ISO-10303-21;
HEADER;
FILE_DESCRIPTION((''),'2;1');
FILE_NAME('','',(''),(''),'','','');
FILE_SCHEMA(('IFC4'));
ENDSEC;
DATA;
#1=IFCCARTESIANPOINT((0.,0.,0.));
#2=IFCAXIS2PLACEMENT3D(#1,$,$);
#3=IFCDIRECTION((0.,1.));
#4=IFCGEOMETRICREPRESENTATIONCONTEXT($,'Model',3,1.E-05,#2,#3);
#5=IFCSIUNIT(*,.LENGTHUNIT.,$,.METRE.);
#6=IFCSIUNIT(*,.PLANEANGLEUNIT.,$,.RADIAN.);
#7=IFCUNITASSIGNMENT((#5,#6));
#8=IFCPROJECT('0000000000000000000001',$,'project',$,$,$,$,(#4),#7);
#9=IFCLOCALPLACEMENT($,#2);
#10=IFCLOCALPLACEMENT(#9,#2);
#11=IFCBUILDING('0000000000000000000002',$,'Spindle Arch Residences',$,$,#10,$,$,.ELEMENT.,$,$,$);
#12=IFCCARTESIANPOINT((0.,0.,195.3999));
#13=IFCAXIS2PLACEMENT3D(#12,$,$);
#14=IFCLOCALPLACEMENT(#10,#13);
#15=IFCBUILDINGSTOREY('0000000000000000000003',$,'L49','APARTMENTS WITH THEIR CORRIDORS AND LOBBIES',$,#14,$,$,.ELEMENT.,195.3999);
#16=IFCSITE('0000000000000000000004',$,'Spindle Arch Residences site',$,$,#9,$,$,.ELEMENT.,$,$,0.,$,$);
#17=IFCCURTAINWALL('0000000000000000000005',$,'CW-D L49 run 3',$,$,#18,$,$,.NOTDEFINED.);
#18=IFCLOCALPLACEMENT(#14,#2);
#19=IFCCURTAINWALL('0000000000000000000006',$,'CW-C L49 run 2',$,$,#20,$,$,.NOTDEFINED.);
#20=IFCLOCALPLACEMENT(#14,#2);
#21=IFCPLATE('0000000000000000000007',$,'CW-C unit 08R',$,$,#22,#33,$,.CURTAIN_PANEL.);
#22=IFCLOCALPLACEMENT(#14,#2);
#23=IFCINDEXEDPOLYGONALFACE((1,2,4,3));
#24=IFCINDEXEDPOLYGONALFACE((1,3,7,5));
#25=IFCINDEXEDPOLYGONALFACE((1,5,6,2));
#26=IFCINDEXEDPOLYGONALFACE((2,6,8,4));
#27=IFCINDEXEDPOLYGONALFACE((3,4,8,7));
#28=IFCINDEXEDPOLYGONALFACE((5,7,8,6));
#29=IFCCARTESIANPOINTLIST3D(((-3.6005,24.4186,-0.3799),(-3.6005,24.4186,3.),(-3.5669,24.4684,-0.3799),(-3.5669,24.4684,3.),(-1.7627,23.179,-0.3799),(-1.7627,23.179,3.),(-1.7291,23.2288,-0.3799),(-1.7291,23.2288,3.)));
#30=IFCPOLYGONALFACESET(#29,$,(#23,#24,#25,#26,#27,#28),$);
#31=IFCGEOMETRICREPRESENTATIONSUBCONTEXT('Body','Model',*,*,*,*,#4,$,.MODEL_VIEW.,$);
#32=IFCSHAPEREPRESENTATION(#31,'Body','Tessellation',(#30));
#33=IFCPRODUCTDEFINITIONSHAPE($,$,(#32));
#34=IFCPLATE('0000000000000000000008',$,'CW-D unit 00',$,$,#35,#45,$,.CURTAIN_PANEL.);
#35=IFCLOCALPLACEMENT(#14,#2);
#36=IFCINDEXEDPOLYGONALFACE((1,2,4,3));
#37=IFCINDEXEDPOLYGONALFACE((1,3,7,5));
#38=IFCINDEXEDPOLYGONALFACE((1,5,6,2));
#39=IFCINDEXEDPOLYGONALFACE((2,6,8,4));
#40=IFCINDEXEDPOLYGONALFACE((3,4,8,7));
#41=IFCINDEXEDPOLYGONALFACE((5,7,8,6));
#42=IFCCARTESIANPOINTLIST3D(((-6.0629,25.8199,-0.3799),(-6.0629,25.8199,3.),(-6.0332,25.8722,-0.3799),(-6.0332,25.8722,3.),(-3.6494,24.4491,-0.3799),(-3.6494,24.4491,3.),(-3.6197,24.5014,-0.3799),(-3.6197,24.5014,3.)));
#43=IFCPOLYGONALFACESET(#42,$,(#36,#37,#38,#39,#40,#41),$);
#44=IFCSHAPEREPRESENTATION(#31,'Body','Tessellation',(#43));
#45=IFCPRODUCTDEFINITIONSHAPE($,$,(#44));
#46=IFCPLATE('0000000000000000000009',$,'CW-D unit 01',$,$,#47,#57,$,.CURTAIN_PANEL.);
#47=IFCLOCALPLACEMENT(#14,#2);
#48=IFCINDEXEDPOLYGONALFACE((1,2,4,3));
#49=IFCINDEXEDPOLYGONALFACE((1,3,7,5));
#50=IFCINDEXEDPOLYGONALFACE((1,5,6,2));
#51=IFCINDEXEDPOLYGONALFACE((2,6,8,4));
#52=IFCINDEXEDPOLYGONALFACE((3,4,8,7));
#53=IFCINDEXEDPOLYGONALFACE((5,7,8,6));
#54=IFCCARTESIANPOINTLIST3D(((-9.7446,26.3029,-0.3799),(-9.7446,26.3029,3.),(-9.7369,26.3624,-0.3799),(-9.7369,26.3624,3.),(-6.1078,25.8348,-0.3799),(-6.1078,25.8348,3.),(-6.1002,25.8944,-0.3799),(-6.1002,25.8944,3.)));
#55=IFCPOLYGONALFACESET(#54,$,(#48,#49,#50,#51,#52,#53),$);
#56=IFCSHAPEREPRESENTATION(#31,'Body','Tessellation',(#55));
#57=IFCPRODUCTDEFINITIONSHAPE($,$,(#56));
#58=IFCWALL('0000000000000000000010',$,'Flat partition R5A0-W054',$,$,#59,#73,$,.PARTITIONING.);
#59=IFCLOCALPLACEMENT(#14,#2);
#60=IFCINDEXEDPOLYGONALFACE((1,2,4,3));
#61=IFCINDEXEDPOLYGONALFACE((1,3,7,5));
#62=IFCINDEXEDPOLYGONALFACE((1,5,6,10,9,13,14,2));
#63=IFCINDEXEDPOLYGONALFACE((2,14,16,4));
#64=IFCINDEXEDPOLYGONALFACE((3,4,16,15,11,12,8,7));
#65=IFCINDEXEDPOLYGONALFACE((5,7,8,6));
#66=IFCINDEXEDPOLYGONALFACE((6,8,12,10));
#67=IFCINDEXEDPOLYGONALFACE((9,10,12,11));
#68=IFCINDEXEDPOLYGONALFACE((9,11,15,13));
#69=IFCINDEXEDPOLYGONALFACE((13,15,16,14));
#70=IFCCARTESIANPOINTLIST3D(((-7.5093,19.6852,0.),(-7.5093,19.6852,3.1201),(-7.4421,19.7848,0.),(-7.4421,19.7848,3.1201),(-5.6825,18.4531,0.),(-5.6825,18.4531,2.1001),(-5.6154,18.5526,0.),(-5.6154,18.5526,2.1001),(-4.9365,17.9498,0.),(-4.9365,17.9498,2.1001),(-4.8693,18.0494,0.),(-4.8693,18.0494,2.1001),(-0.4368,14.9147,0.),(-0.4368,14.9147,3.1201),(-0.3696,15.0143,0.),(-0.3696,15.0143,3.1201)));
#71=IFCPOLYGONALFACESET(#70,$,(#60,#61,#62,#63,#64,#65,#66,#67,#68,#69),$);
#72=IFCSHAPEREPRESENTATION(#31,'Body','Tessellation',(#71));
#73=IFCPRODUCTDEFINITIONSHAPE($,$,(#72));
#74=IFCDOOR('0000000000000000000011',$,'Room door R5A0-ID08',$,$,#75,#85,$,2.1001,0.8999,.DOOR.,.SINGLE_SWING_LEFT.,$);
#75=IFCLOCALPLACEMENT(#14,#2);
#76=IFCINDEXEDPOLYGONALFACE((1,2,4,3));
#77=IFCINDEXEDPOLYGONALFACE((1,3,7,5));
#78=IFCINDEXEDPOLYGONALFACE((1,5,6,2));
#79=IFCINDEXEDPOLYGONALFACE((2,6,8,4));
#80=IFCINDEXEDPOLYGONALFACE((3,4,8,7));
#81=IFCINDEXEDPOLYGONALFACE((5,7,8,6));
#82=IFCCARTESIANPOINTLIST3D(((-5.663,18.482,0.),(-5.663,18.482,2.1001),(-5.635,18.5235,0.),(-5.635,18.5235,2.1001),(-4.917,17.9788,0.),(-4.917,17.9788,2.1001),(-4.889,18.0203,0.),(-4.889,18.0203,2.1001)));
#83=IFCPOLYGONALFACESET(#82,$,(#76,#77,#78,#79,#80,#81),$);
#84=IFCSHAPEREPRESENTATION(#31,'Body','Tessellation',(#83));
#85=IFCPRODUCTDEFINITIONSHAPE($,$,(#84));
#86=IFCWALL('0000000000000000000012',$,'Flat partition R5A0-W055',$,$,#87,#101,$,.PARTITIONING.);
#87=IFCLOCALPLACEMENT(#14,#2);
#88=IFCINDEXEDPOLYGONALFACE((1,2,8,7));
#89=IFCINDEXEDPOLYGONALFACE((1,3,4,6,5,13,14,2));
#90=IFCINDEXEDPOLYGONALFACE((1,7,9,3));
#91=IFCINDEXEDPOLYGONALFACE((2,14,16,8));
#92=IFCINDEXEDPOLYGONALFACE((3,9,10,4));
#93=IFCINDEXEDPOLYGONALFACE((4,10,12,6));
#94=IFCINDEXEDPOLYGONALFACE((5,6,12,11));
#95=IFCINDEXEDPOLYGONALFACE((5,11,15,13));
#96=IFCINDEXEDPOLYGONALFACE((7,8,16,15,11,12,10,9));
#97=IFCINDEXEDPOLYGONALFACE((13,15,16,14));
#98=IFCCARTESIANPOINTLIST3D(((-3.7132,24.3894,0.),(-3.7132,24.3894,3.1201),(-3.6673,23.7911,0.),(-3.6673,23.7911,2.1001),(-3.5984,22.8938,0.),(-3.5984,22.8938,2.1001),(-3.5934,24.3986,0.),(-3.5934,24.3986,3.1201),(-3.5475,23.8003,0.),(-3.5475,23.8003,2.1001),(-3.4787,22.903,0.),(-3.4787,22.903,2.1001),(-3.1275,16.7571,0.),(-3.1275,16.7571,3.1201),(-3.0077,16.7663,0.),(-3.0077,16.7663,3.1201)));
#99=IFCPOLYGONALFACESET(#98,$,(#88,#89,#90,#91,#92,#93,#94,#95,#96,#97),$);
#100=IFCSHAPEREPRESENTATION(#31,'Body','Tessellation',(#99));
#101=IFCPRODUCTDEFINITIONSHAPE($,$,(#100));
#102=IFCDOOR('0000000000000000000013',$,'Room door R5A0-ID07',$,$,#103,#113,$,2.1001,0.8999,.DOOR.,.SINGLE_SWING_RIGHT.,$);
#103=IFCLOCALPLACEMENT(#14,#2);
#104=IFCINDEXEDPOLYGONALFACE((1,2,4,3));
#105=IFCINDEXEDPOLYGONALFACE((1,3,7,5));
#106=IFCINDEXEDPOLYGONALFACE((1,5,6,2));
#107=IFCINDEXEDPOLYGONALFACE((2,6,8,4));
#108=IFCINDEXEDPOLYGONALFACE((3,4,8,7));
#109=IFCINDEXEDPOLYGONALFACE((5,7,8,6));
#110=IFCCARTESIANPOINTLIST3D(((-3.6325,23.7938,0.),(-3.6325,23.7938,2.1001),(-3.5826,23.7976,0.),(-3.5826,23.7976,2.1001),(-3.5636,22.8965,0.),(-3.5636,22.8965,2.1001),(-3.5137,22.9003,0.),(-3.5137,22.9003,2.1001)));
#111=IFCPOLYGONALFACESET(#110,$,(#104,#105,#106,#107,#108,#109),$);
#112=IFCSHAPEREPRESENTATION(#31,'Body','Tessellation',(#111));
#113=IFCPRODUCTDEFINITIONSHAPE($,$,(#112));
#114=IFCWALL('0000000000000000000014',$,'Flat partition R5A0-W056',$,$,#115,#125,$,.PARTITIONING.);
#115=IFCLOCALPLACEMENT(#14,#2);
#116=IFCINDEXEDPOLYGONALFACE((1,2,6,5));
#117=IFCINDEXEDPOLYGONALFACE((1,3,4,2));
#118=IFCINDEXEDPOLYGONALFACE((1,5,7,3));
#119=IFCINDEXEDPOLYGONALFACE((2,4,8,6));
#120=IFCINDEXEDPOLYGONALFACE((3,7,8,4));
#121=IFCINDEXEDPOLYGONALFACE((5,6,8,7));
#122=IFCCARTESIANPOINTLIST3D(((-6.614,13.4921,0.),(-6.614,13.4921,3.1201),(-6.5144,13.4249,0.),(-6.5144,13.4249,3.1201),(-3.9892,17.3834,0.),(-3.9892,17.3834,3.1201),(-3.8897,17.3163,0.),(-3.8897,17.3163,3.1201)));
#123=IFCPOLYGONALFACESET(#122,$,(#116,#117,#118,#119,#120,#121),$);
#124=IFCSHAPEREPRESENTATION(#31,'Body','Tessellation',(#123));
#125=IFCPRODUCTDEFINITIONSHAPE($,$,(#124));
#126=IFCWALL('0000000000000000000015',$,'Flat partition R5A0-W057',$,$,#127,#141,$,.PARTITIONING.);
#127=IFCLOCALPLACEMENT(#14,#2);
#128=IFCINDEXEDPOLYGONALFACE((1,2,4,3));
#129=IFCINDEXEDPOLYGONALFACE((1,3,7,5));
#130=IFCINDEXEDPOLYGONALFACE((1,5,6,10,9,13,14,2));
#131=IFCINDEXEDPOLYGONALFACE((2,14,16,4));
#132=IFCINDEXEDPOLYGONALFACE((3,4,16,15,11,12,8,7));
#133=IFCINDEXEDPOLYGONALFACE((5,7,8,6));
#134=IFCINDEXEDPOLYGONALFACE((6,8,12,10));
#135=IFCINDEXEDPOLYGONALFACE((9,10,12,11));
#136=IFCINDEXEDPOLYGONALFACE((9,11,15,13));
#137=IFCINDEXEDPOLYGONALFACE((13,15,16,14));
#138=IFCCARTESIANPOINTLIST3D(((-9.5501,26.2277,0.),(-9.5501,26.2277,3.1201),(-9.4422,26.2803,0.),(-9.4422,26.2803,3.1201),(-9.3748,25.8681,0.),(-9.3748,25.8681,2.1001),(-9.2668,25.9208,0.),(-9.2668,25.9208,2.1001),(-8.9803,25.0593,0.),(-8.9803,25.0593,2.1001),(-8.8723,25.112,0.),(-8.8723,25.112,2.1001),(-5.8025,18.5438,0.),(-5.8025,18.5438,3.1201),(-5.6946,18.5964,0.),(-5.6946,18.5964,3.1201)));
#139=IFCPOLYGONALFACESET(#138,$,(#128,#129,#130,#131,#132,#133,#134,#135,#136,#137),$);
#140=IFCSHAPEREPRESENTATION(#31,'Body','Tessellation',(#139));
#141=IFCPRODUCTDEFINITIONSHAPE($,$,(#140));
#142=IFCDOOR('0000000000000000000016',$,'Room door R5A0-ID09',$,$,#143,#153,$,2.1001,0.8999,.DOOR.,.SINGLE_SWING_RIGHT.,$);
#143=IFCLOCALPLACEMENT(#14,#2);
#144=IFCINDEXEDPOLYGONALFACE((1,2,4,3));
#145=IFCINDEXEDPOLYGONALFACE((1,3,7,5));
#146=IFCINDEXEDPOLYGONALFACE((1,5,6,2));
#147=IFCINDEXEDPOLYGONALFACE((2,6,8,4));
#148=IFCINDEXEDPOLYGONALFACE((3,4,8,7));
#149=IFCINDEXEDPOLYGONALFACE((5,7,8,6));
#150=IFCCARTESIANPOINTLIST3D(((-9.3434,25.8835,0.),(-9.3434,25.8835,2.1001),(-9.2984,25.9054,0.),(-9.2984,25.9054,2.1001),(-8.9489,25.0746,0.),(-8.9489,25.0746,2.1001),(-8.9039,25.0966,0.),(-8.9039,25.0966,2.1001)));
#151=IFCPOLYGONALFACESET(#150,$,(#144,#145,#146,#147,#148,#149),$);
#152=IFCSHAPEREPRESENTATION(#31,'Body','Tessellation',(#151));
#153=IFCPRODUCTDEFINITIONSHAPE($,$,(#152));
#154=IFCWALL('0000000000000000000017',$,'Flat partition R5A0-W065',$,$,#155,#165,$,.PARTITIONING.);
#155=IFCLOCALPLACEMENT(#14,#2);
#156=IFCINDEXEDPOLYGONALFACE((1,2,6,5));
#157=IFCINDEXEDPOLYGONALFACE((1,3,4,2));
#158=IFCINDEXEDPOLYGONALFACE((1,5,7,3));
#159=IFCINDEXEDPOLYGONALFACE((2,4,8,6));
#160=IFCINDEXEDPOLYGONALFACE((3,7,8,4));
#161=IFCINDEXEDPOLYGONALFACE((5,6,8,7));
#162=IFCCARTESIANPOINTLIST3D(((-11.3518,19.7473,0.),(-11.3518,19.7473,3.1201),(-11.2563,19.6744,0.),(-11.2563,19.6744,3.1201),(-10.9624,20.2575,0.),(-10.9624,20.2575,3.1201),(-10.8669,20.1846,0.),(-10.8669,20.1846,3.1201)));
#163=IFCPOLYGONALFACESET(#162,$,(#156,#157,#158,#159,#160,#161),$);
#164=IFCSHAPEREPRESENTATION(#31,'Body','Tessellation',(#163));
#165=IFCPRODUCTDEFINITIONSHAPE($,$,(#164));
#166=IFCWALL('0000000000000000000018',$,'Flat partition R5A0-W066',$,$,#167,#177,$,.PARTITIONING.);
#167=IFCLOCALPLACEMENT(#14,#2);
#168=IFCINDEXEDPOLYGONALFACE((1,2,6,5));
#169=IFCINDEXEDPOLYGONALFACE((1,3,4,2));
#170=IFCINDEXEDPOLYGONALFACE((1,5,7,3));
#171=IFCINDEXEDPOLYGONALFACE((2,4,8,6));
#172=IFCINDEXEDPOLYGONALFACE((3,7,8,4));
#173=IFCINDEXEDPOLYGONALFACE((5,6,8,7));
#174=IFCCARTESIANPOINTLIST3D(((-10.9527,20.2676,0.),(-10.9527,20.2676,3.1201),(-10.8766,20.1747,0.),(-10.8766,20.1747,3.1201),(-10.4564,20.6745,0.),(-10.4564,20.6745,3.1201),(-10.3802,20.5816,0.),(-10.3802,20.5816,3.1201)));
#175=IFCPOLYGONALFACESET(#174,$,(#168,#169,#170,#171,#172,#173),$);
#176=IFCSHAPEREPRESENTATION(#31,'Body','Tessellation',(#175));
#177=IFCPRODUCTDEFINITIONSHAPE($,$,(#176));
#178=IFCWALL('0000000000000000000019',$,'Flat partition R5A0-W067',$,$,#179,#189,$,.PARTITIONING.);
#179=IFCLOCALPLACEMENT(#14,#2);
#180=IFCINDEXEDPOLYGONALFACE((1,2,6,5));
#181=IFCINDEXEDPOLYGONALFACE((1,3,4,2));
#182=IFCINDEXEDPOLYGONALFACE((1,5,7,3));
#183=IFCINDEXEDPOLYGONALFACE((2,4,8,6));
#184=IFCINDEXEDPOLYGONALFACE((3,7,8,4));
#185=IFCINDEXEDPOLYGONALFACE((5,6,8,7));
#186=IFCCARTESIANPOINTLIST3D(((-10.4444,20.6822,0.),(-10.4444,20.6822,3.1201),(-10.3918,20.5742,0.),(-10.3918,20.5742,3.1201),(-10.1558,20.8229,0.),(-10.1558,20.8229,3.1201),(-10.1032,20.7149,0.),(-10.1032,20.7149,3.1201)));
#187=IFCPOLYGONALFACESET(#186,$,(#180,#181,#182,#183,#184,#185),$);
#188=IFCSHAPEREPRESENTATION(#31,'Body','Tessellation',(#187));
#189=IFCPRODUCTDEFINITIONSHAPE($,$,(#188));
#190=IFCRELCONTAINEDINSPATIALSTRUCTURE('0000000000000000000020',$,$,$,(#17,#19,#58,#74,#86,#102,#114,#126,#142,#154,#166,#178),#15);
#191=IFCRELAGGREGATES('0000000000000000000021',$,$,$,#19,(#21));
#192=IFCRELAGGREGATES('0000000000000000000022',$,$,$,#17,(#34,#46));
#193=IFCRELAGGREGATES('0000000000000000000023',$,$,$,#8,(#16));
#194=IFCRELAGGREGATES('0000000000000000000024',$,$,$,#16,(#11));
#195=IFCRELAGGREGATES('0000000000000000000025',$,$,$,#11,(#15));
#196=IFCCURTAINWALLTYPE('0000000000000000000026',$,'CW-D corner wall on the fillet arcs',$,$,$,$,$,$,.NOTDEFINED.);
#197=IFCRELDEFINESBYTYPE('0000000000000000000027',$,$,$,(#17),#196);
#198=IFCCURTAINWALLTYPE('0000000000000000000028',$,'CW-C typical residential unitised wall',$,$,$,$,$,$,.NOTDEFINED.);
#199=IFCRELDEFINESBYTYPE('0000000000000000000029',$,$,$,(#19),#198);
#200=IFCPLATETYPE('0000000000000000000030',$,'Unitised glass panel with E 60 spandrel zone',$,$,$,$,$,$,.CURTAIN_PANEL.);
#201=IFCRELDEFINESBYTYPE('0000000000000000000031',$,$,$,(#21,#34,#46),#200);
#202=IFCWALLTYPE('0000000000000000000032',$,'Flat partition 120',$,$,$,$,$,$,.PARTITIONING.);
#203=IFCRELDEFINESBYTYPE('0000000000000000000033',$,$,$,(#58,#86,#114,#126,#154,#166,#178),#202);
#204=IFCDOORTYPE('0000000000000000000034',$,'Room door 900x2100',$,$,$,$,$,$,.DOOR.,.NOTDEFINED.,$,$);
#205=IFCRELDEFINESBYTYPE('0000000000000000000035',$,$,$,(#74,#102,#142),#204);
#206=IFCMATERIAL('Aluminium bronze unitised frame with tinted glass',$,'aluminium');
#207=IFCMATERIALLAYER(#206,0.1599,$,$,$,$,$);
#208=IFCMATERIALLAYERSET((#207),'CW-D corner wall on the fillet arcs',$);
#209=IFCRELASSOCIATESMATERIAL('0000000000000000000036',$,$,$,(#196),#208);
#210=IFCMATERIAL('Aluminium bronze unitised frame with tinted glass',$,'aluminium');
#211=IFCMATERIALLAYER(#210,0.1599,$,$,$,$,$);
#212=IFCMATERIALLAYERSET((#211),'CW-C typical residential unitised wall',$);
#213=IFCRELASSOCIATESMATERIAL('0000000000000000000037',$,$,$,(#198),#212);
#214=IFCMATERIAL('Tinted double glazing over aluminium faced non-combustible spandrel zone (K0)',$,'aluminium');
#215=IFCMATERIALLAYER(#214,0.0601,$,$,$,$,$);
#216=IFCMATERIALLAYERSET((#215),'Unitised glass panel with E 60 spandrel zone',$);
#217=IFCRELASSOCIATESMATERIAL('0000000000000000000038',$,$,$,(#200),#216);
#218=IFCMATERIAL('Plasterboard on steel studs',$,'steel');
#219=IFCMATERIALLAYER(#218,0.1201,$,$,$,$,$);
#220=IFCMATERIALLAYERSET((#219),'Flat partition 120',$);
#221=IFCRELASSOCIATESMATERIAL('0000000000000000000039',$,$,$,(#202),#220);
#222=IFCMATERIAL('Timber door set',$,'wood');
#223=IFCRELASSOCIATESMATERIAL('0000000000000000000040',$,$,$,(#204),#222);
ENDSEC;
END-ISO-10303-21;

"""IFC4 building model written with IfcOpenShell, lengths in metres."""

from ifc_helpers import new_model, si_unit, direction, frame, frame_2d, origin, origin_2d, place, context, subcontext, project, spatial, rectangle, extrude, material, layer, layer_set, type_object, element, fill, aggregate, save


model = new_model("IFC4")

# Units and contexts
model_context = context("Model", 3, precision=1e-05, world=origin(), true_north=direction((0.0, 1.0)))
body_context = subcontext(model_context, "Body", "Model", "MODEL_VIEW")
ifc_project = project(units=[si_unit("LENGTHUNIT", "METRE"), si_unit("PLANEANGLEUNIT", "RADIAN")], contexts=[model_context])

# Site, building, storey
site_placement = place(None, origin())
site = spatial("IfcSite", under=ifc_project, at=site_placement, Name="Spindle Arch Residences site", CompositionType="ELEMENT", RefElevation=0.0)
building_placement = place(site_placement, origin())
building = spatial("IfcBuilding", under=site, at=building_placement, Name="Spindle Arch Residences", CompositionType="ELEMENT")
storey_placement = place(building_placement, frame((0.0, 0.0, 195.3999)))
storey = spatial("IfcBuildingStorey", under=building, at=storey_placement, Name="L49", Description="APARTMENTS WITH THEIR CORRIDORS AND LOBBIES", CompositionType="ELEMENT", Elevation=195.3999)

# Curtain wall
ifc_material_1 = material(Name="Aluminium bronze unitised frame with tinted glass", Category="aluminium")
ifc_layer_1 = layer(ifc_material_1, 0.1599)
ifc_layer_set_1 = layer_set([ifc_layer_1], Name="CW-D corner wall on the fillet arcs")
curtain_wall_type_1 = type_object("IfcCurtainWallType", Name="CW-D corner wall on the fillet arcs", PredefinedType="NOTDEFINED", material=ifc_layer_set_1)
curtain_wall_1_placement = place(storey_placement, origin())
curtain_wall_1 = element("IfcCurtainWall", 1, at=curtain_wall_1_placement, inside=storey, type_object=curtain_wall_type_1, Name="CW-D L49 run 3", PredefinedType="NOTDEFINED")

# Curtain wall, plate
ifc_material_2 = material(Name="Aluminium bronze unitised frame with tinted glass", Category="aluminium")
ifc_layer_2 = layer(ifc_material_2, 0.1599)
ifc_layer_set_2 = layer_set([ifc_layer_2], Name="CW-C typical residential unitised wall")
curtain_wall_type_2 = type_object("IfcCurtainWallType", Name="CW-C typical residential unitised wall", PredefinedType="NOTDEFINED", material=ifc_layer_set_2)
curtain_wall_2_placement = place(storey_placement, origin())
curtain_wall_2 = element("IfcCurtainWall", 2, at=curtain_wall_2_placement, inside=storey, type_object=curtain_wall_type_2, Name="CW-C L49 run 2", PredefinedType="NOTDEFINED")
ifc_material_3 = material(Name="Tinted double glazing over aluminium faced non-combustible spandrel zone (K0)", Category="aluminium")
ifc_layer_3 = layer(ifc_material_3, 0.0601)
ifc_layer_set_3 = layer_set([ifc_layer_3], Name="Unitised glass panel with E 60 spandrel zone")
plate_type = type_object("IfcPlateType", Name="Unitised glass panel with E 60 spandrel zone", PredefinedType="CURTAIN_PANEL", material=ifc_layer_set_3)
plate_1_placement = place(storey_placement, frame((-2.6648, 23.8237, -0.3799), z_axis=(0.0, 0.0, 1.0), x_axis=(-0.829038, 0.559193, 0.0)))
plate_1 = element("IfcPlate", 3, at=plate_1_placement, type_object=plate_type, Name="CW-C unit 08R", PredefinedType="CURTAIN_PANEL", context=body_context, shape_type="SweptSolid", body=[
    extrude(rectangle(XDim=2.2168, YDim=0.0601, at=origin_2d()), origin(), (0.0, 0.0, 1.0), 3.3799),
])
aggregate(curtain_wall_2, [plate_1])

# Plates
plate_2_placement = place(storey_placement, frame((-4.8413, 25.1606, -0.3799), z_axis=(0.0, 0.0, 1.0), x_axis=(-0.869539, 0.493865, 0.0)))
plate_2 = element("IfcPlate", 4, at=plate_2_placement, type_object=plate_type, Name="CW-D unit 00", PredefinedType="CURTAIN_PANEL", context=body_context, shape_type="SweptSolid", body=[
    extrude(rectangle(XDim=2.7756, YDim=0.0601, at=origin_2d()), origin(), (0.0, 0.0, 1.0), 3.3799),
])
plate_3_placement = place(storey_placement, frame((-7.9224, 26.0986, -0.3799), z_axis=(0.0, 0.0, 1.0), x_axis=(-0.99182, 0.127642, 0.0)))
plate_3 = element("IfcPlate", 5, at=plate_3_placement, type_object=plate_type, Name="CW-D unit 01", PredefinedType="CURTAIN_PANEL", context=body_context, shape_type="SweptSolid", body=[
    extrude(rectangle(XDim=3.6667, YDim=0.0601, at=origin_2d()), origin(), (0.0, 0.0, 1.0), 3.3799),
])
aggregate(curtain_wall_1, [plate_2, plate_3])

# Walls, openings, doors
ifc_material_4 = material(Name="Plasterboard on steel studs", Category="steel")
ifc_layer_4 = layer(ifc_material_4, 0.1201)
ifc_layer_set_4 = layer_set([ifc_layer_4], Name="Flat partition 120")
wall_type = type_object("IfcWallType", Name="Flat partition 120", PredefinedType="PARTITIONING", material=ifc_layer_set_4)
wall_1_placement = place(storey_placement, frame((-7.4758, 19.7351, 0.0), z_axis=(0.0, 0.0, 1.0), x_axis=(0.829035, -0.559196, 0.0)))
wall_1 = element("IfcWall", 6, at=wall_1_placement, inside=storey, type_object=wall_type, Name="Flat partition R5A0-W054", PredefinedType="PARTITIONING", context=body_context, shape_type="SweptSolid", body=[
    extrude(rectangle(XDim=8.531, YDim=0.1201, at=frame_2d((4.2656, 0.0))), origin(), (0.0, 0.0, 1.0), 3.1201),
])
opening_1_placement = place(wall_1_placement, frame((2.2036, 0.0, 0.0)))
opening_1 = element("IfcOpeningElement", 7, at=opening_1_placement, cuts=wall_1, PredefinedType="OPENING", context=body_context, shape_type="SweptSolid", body=[
    extrude(rectangle(XDim=0.8999, YDim=2.1001, at=frame_2d((0.45, 1.05))), frame((0.0, 0.0701, 0.0), z_axis=(0.0, -1.0, 0.0), x_axis=(1.0, 0.0, 0.0)), (0.0, 0.0, 1.0), 0.1401),
])
ifc_material_5 = material(Name="Timber door set", Category="wood")
door_type = type_object("IfcDoorType", Name="Room door 900x2100", OperationType="NOTDEFINED", PredefinedType="DOOR", material=ifc_material_5)
door_1_placement = place(opening_1_placement, origin())
door_1 = element("IfcDoor", 8, at=door_1_placement, inside=storey, type_object=door_type, Name="Room door R5A0-ID08", OperationType="SINGLE_SWING_LEFT", OverallHeight=2.1001, OverallWidth=0.8999, PredefinedType="DOOR", context=body_context, shape_type="SweptSolid", body=[
    extrude(rectangle(XDim=0.8999, YDim=2.1001, at=frame_2d((0.45, 1.05))), frame((0.0, 0.0249, 0.0), z_axis=(0.0, -1.0, 0.0), x_axis=(1.0, 0.0, 0.0)), (0.0, 0.0, 1.0), 0.05),
])
fill(opening_1, door_1)
wall_2_placement = place(storey_placement, frame((-3.6533, 24.394, 0.0), z_axis=(0.0, 0.0, 1.0), x_axis=(0.076514, -0.997069, 0.0)))
wall_2 = element("IfcWall", 9, at=wall_2_placement, inside=storey, type_object=wall_type, Name="Flat partition R5A0-W055", PredefinedType="PARTITIONING", context=body_context, shape_type="SweptSolid", body=[
    extrude(rectangle(XDim=7.6548, YDim=0.1201, at=frame_2d((3.8274, 0.0))), origin(), (0.0, 0.0, 1.0), 3.1201),
])
opening_2_placement = place(wall_2_placement, frame((0.6001, 0.0, 0.0)))
opening_2 = element("IfcOpeningElement", 10, at=opening_2_placement, cuts=wall_2, PredefinedType="OPENING", context=body_context, shape_type="SweptSolid", body=[
    extrude(rectangle(XDim=0.8999, YDim=2.1001, at=frame_2d((0.45, 1.05))), frame((0.0, 0.0701, 0.0), z_axis=(0.0, -1.0, 0.0), x_axis=(1.0, 0.0, 0.0)), (0.0, 0.0, 1.0), 0.1401),
])
door_2_placement = place(opening_2_placement, origin())
door_2 = element("IfcDoor", 11, at=door_2_placement, inside=storey, type_object=door_type, Name="Room door R5A0-ID07", OperationType="SINGLE_SWING_RIGHT", OverallHeight=2.1001, OverallWidth=0.8999, PredefinedType="DOOR", context=body_context, shape_type="SweptSolid", body=[
    extrude(rectangle(XDim=0.8999, YDim=2.1001, at=frame_2d((0.45, 1.05))), frame((0.0, 0.0249, 0.0), z_axis=(0.0, -1.0, 0.0), x_axis=(1.0, 0.0, 0.0)), (0.0, 0.0, 1.0), 0.05),
])
fill(opening_2, door_2)

# Wall
wall_3_placement = place(storey_placement, frame((-3.9395, 17.3499, 0.0), z_axis=(0.0, 0.0, 1.0), x_axis=(-0.559193, -0.829037, 0.0)))
element("IfcWall", 12, at=wall_3_placement, inside=storey, type_object=wall_type, Name="Flat partition R5A0-W056", PredefinedType="PARTITIONING", context=body_context, shape_type="SweptSolid", body=[
    extrude(rectangle(XDim=4.6938, YDim=0.1201, at=frame_2d((2.3469, 0.0))), origin(), (0.0, 0.0, 1.0), 3.1201),
])

# Wall, opening, door
wall_4_placement = place(storey_placement, frame((-9.4961, 26.2539, 0.0), z_axis=(0.0, 0.0, 1.0), x_axis=(0.438362, -0.898799, 0.0)))
wall_4 = element("IfcWall", 13, at=wall_4_placement, inside=storey, type_object=wall_type, Name="Flat partition R5A0-W057", PredefinedType="PARTITIONING", context=body_context, shape_type="SweptSolid", body=[
    extrude(rectangle(XDim=8.5491, YDim=0.1201, at=frame_2d((4.2744, 0.0))), origin(), (0.0, 0.0, 1.0), 3.1201),
])
opening_3_placement = place(wall_4_placement, frame((0.3999, 0.0, 0.0)))
opening_3 = element("IfcOpeningElement", 14, at=opening_3_placement, cuts=wall_4, PredefinedType="OPENING", context=body_context, shape_type="SweptSolid", body=[
    extrude(rectangle(XDim=0.8999, YDim=2.1001, at=frame_2d((0.45, 1.05))), frame((0.0, 0.0701, 0.0), z_axis=(0.0, -1.0, 0.0), x_axis=(1.0, 0.0, 0.0)), (0.0, 0.0, 1.0), 0.1401),
])
door_3_placement = place(opening_3_placement, origin())
door_3 = element("IfcDoor", 15, at=door_3_placement, inside=storey, type_object=door_type, Name="Room door R5A0-ID09", OperationType="SINGLE_SWING_RIGHT", OverallHeight=2.1001, OverallWidth=0.8999, PredefinedType="DOOR", context=body_context, shape_type="SweptSolid", body=[
    extrude(rectangle(XDim=0.8999, YDim=2.1001, at=frame_2d((0.45, 1.05))), frame((0.0, 0.0249, 0.0), z_axis=(0.0, -1.0, 0.0), x_axis=(1.0, 0.0, 0.0)), (0.0, 0.0, 1.0), 0.05),
])
fill(opening_3, door_3)

# Walls
for number, where, z_axis, x_axis, name in (
    (16, (-11.304, 19.7109, 0.0), (0.0, 0.0, 1.0), (0.606673, 0.794951, 0.0), "Flat partition R5A0-W065"),
    (17, (-10.9146, 20.2212, 0.0), (0.0, 0.0, 1.0), (0.773279, 0.634066, 0.0), "Flat partition R5A0-W066"),
):
    element("IfcWall", number, at=place(storey_placement, frame(where, z_axis=z_axis, x_axis=x_axis)), inside=storey, type_object=wall_type, Name=name, PredefinedType="PARTITIONING", context=body_context, shape_type="SweptSolid", body=[
        extrude(rectangle(XDim=0.6418, YDim=0.1201, at=frame_2d((0.3208, 0.0))), origin(), (0.0, 0.0, 1.0), 3.1201),
    ])
wall_5_placement = place(storey_placement, frame((-10.4182, 20.6282, 0.0), z_axis=(0.0, 0.0, 1.0), x_axis=(0.898944, 0.438064, 0.0)))
element("IfcWall", 18, at=wall_5_placement, inside=storey, type_object=wall_type, Name="Flat partition R5A0-W067", PredefinedType="PARTITIONING", context=body_context, shape_type="SweptSolid", body=[
    extrude(rectangle(XDim=0.321, YDim=0.1201, at=frame_2d((0.1606, 0.0))), origin(), (0.0, 0.0, 1.0), 3.1201),
])

save(model, "model.ifc")
